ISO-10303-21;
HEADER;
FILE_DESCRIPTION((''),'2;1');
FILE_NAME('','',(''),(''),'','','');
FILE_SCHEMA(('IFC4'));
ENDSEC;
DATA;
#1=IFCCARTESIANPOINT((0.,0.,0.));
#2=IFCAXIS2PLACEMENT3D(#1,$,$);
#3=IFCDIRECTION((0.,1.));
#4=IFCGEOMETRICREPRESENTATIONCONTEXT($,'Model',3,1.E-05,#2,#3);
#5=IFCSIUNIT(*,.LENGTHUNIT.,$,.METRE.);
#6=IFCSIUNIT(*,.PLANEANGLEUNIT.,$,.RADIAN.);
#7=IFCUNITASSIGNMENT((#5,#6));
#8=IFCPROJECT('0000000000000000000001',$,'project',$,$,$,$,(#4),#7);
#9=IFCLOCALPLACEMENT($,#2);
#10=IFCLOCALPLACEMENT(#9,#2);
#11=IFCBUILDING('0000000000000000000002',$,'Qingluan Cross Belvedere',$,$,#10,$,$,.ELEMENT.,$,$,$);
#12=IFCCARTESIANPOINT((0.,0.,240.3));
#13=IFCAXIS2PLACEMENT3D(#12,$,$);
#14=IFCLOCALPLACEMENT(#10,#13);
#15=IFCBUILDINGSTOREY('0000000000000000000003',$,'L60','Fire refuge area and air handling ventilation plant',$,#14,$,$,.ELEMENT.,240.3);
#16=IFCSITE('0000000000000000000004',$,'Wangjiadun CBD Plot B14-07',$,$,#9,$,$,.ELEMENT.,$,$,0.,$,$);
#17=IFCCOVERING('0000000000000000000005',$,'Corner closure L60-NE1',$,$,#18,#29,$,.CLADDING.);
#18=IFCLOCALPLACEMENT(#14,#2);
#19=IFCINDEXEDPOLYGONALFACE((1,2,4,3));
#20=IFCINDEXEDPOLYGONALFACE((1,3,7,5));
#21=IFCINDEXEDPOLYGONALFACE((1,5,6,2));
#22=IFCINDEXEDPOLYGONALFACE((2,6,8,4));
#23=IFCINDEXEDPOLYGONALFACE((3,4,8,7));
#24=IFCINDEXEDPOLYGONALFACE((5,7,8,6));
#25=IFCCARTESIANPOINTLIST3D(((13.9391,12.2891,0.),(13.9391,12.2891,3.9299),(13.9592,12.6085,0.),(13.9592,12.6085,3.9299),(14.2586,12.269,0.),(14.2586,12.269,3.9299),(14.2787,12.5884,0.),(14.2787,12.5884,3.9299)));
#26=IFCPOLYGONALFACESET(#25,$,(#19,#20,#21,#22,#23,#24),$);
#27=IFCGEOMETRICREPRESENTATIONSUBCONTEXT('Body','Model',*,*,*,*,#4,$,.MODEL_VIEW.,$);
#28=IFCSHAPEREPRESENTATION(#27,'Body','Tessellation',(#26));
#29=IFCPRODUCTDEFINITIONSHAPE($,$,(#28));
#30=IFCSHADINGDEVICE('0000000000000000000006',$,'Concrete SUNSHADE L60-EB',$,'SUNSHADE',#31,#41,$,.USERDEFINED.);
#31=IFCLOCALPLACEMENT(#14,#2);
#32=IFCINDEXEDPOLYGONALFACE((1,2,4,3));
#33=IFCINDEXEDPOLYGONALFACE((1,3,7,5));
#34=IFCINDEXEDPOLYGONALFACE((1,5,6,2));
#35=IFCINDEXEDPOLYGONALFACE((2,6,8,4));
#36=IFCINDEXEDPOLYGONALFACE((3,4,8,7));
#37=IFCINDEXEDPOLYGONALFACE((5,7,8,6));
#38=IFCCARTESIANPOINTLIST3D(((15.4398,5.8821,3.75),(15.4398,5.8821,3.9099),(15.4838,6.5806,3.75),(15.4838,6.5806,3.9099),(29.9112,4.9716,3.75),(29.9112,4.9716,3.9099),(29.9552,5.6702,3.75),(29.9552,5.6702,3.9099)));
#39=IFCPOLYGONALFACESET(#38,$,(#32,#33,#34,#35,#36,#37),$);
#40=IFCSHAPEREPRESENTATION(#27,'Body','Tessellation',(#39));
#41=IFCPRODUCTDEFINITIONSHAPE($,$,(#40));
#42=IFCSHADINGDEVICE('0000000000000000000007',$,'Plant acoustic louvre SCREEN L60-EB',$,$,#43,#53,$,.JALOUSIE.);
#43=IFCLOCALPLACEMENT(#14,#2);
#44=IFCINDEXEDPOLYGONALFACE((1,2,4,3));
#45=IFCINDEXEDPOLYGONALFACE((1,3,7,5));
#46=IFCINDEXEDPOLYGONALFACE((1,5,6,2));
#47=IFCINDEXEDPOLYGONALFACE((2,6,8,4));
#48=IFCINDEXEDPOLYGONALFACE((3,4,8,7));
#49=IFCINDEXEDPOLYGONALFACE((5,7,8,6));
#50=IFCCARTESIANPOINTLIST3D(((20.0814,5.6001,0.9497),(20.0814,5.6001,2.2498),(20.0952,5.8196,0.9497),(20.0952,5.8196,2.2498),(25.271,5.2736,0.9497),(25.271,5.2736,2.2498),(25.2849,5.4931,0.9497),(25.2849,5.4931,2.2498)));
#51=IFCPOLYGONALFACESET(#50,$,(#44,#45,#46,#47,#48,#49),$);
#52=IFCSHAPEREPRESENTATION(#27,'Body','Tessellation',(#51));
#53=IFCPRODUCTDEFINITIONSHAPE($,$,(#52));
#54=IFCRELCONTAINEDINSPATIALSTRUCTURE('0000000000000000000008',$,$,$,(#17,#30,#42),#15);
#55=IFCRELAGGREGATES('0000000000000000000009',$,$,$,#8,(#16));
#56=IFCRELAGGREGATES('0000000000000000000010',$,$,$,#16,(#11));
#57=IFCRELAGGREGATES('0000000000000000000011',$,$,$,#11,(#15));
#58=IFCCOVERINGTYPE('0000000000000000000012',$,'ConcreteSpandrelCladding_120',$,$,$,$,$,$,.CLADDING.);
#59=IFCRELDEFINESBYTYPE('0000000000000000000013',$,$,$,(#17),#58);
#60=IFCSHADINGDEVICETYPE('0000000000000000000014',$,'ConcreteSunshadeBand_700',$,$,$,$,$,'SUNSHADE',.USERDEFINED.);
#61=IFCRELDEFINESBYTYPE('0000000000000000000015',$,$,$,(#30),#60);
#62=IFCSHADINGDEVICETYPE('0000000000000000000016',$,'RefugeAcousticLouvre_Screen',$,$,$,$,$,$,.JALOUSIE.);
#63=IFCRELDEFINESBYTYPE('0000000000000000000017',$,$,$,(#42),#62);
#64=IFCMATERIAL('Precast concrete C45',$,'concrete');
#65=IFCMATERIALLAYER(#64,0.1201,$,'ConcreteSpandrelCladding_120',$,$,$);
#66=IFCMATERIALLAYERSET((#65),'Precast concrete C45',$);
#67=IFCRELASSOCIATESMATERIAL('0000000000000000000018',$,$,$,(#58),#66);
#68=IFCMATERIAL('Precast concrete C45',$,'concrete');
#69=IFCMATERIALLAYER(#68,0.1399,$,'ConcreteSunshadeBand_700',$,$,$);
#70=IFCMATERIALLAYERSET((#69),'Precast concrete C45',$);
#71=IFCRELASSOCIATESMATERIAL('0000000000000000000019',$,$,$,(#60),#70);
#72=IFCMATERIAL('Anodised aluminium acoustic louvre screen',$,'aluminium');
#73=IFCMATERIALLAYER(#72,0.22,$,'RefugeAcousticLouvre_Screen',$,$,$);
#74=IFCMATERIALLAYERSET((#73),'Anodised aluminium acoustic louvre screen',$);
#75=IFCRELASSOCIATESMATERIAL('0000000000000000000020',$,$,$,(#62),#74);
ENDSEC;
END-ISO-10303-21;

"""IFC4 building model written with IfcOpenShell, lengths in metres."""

from ifc_helpers import new_model, si_unit, direction, frame, origin, origin_2d, place, context, subcontext, project, spatial, rectangle, extrude, material, layer, layer_set, type_object, element, save


model = new_model("IFC4")

# Units and contexts
model_context = context("Model", 3, precision=1e-05, world=origin(), true_north=direction((0.0, 1.0)))
body_context = subcontext(model_context, "Body", "Model", "MODEL_VIEW")
ifc_project = project(units=[si_unit("LENGTHUNIT", "METRE"), si_unit("PLANEANGLEUNIT", "RADIAN")], contexts=[model_context])

# Site, building, storey
site_placement = place(None, origin())
site = spatial("IfcSite", under=ifc_project, at=site_placement, Name="Wangjiadun CBD Plot B14-07", CompositionType="ELEMENT", RefElevation=0.0)
building_placement = place(site_placement, origin())
building = spatial("IfcBuilding", under=site, at=building_placement, Name="Qingluan Cross Belvedere", CompositionType="ELEMENT")
storey_placement = place(building_placement, frame((0.0, 0.0, 240.3)))
storey = spatial("IfcBuildingStorey", under=building, at=storey_placement, Name="L60", Description="Fire refuge area and air handling ventilation plant", CompositionType="ELEMENT", Elevation=240.3)

# Covering
ifc_material_1 = material(Name="Precast concrete C45", Category="concrete")
ifc_layer_1 = layer(ifc_material_1, 0.1201, Name="ConcreteSpandrelCladding_120")
ifc_layer_set_1 = layer_set([ifc_layer_1], Name="Precast concrete C45")
covering_type = type_object("IfcCoveringType", Name="ConcreteSpandrelCladding_120", PredefinedType="CLADDING", material=ifc_layer_set_1)
covering_placement = place(storey_placement, frame((14.1089, 12.4387, 0.0), z_axis=(0.0, 0.0, 1.0), x_axis=(0.998027, -0.062791, 0.0)))
element("IfcCovering", 1, at=covering_placement, inside=storey, type_object=covering_type, Name="Corner closure L60-NE1", PredefinedType="CLADDING", context=body_context, shape_type="SweptSolid", body=[
    extrude(rectangle(XDim=0.3201, YDim=0.3201, at=origin_2d()), origin(), (0.0, 0.0, 1.0), 3.9299),
])

# Shading devices
ifc_material_2 = material(Name="Precast concrete C45", Category="concrete")
ifc_layer_2 = layer(ifc_material_2, 0.1399, Name="ConcreteSunshadeBand_700")
ifc_layer_set_2 = layer_set([ifc_layer_2], Name="Precast concrete C45")
shading_device_type_1 = type_object("IfcShadingDeviceType", Name="ConcreteSunshadeBand_700", ElementType="SUNSHADE", PredefinedType="USERDEFINED", material=ifc_layer_set_2)
shading_device_1_placement = place(storey_placement, frame((22.6975, 5.7761, 3.75), z_axis=(0.0, 0.0, 1.0), x_axis=(-0.998027, 0.062789, 0.0)))
element("IfcShadingDevice", 2, at=shading_device_1_placement, inside=storey, type_object=shading_device_type_1, Name="Concrete SUNSHADE L60-EB", ObjectType="SUNSHADE", PredefinedType="USERDEFINED", context=body_context, shape_type="SweptSolid", body=[
    extrude(rectangle(XDim=14.5, YDim=0.7, at=origin_2d()), origin(), (0.0, 0.0, 1.0), 0.1599),
])
ifc_material_3 = material(Name="Anodised aluminium acoustic louvre screen", Category="aluminium")
ifc_layer_3 = layer(ifc_material_3, 0.22, Name="RefugeAcousticLouvre_Screen")
ifc_layer_set_3 = layer_set([ifc_layer_3], Name="Anodised aluminium acoustic louvre screen")
shading_device_type_2 = type_object("IfcShadingDeviceType", Name="RefugeAcousticLouvre_Screen", PredefinedType="JALOUSIE", material=ifc_layer_set_3)
shading_device_2_placement = place(storey_placement, frame((22.6831, 5.5466, 0.9497), z_axis=(0.0, 0.0, 1.0), x_axis=(-0.998027, 0.062789, 0.0)))
element("IfcShadingDevice", 3, at=shading_device_2_placement, inside=storey, type_object=shading_device_type_2, Name="Plant acoustic louvre SCREEN L60-EB", PredefinedType="JALOUSIE", context=body_context, shape_type="SweptSolid", body=[
    extrude(rectangle(XDim=5.2, YDim=0.22, at=origin_2d()), origin(), (0.0, 0.0, 1.0), 1.3),
])

save(model, "model.ifc")
